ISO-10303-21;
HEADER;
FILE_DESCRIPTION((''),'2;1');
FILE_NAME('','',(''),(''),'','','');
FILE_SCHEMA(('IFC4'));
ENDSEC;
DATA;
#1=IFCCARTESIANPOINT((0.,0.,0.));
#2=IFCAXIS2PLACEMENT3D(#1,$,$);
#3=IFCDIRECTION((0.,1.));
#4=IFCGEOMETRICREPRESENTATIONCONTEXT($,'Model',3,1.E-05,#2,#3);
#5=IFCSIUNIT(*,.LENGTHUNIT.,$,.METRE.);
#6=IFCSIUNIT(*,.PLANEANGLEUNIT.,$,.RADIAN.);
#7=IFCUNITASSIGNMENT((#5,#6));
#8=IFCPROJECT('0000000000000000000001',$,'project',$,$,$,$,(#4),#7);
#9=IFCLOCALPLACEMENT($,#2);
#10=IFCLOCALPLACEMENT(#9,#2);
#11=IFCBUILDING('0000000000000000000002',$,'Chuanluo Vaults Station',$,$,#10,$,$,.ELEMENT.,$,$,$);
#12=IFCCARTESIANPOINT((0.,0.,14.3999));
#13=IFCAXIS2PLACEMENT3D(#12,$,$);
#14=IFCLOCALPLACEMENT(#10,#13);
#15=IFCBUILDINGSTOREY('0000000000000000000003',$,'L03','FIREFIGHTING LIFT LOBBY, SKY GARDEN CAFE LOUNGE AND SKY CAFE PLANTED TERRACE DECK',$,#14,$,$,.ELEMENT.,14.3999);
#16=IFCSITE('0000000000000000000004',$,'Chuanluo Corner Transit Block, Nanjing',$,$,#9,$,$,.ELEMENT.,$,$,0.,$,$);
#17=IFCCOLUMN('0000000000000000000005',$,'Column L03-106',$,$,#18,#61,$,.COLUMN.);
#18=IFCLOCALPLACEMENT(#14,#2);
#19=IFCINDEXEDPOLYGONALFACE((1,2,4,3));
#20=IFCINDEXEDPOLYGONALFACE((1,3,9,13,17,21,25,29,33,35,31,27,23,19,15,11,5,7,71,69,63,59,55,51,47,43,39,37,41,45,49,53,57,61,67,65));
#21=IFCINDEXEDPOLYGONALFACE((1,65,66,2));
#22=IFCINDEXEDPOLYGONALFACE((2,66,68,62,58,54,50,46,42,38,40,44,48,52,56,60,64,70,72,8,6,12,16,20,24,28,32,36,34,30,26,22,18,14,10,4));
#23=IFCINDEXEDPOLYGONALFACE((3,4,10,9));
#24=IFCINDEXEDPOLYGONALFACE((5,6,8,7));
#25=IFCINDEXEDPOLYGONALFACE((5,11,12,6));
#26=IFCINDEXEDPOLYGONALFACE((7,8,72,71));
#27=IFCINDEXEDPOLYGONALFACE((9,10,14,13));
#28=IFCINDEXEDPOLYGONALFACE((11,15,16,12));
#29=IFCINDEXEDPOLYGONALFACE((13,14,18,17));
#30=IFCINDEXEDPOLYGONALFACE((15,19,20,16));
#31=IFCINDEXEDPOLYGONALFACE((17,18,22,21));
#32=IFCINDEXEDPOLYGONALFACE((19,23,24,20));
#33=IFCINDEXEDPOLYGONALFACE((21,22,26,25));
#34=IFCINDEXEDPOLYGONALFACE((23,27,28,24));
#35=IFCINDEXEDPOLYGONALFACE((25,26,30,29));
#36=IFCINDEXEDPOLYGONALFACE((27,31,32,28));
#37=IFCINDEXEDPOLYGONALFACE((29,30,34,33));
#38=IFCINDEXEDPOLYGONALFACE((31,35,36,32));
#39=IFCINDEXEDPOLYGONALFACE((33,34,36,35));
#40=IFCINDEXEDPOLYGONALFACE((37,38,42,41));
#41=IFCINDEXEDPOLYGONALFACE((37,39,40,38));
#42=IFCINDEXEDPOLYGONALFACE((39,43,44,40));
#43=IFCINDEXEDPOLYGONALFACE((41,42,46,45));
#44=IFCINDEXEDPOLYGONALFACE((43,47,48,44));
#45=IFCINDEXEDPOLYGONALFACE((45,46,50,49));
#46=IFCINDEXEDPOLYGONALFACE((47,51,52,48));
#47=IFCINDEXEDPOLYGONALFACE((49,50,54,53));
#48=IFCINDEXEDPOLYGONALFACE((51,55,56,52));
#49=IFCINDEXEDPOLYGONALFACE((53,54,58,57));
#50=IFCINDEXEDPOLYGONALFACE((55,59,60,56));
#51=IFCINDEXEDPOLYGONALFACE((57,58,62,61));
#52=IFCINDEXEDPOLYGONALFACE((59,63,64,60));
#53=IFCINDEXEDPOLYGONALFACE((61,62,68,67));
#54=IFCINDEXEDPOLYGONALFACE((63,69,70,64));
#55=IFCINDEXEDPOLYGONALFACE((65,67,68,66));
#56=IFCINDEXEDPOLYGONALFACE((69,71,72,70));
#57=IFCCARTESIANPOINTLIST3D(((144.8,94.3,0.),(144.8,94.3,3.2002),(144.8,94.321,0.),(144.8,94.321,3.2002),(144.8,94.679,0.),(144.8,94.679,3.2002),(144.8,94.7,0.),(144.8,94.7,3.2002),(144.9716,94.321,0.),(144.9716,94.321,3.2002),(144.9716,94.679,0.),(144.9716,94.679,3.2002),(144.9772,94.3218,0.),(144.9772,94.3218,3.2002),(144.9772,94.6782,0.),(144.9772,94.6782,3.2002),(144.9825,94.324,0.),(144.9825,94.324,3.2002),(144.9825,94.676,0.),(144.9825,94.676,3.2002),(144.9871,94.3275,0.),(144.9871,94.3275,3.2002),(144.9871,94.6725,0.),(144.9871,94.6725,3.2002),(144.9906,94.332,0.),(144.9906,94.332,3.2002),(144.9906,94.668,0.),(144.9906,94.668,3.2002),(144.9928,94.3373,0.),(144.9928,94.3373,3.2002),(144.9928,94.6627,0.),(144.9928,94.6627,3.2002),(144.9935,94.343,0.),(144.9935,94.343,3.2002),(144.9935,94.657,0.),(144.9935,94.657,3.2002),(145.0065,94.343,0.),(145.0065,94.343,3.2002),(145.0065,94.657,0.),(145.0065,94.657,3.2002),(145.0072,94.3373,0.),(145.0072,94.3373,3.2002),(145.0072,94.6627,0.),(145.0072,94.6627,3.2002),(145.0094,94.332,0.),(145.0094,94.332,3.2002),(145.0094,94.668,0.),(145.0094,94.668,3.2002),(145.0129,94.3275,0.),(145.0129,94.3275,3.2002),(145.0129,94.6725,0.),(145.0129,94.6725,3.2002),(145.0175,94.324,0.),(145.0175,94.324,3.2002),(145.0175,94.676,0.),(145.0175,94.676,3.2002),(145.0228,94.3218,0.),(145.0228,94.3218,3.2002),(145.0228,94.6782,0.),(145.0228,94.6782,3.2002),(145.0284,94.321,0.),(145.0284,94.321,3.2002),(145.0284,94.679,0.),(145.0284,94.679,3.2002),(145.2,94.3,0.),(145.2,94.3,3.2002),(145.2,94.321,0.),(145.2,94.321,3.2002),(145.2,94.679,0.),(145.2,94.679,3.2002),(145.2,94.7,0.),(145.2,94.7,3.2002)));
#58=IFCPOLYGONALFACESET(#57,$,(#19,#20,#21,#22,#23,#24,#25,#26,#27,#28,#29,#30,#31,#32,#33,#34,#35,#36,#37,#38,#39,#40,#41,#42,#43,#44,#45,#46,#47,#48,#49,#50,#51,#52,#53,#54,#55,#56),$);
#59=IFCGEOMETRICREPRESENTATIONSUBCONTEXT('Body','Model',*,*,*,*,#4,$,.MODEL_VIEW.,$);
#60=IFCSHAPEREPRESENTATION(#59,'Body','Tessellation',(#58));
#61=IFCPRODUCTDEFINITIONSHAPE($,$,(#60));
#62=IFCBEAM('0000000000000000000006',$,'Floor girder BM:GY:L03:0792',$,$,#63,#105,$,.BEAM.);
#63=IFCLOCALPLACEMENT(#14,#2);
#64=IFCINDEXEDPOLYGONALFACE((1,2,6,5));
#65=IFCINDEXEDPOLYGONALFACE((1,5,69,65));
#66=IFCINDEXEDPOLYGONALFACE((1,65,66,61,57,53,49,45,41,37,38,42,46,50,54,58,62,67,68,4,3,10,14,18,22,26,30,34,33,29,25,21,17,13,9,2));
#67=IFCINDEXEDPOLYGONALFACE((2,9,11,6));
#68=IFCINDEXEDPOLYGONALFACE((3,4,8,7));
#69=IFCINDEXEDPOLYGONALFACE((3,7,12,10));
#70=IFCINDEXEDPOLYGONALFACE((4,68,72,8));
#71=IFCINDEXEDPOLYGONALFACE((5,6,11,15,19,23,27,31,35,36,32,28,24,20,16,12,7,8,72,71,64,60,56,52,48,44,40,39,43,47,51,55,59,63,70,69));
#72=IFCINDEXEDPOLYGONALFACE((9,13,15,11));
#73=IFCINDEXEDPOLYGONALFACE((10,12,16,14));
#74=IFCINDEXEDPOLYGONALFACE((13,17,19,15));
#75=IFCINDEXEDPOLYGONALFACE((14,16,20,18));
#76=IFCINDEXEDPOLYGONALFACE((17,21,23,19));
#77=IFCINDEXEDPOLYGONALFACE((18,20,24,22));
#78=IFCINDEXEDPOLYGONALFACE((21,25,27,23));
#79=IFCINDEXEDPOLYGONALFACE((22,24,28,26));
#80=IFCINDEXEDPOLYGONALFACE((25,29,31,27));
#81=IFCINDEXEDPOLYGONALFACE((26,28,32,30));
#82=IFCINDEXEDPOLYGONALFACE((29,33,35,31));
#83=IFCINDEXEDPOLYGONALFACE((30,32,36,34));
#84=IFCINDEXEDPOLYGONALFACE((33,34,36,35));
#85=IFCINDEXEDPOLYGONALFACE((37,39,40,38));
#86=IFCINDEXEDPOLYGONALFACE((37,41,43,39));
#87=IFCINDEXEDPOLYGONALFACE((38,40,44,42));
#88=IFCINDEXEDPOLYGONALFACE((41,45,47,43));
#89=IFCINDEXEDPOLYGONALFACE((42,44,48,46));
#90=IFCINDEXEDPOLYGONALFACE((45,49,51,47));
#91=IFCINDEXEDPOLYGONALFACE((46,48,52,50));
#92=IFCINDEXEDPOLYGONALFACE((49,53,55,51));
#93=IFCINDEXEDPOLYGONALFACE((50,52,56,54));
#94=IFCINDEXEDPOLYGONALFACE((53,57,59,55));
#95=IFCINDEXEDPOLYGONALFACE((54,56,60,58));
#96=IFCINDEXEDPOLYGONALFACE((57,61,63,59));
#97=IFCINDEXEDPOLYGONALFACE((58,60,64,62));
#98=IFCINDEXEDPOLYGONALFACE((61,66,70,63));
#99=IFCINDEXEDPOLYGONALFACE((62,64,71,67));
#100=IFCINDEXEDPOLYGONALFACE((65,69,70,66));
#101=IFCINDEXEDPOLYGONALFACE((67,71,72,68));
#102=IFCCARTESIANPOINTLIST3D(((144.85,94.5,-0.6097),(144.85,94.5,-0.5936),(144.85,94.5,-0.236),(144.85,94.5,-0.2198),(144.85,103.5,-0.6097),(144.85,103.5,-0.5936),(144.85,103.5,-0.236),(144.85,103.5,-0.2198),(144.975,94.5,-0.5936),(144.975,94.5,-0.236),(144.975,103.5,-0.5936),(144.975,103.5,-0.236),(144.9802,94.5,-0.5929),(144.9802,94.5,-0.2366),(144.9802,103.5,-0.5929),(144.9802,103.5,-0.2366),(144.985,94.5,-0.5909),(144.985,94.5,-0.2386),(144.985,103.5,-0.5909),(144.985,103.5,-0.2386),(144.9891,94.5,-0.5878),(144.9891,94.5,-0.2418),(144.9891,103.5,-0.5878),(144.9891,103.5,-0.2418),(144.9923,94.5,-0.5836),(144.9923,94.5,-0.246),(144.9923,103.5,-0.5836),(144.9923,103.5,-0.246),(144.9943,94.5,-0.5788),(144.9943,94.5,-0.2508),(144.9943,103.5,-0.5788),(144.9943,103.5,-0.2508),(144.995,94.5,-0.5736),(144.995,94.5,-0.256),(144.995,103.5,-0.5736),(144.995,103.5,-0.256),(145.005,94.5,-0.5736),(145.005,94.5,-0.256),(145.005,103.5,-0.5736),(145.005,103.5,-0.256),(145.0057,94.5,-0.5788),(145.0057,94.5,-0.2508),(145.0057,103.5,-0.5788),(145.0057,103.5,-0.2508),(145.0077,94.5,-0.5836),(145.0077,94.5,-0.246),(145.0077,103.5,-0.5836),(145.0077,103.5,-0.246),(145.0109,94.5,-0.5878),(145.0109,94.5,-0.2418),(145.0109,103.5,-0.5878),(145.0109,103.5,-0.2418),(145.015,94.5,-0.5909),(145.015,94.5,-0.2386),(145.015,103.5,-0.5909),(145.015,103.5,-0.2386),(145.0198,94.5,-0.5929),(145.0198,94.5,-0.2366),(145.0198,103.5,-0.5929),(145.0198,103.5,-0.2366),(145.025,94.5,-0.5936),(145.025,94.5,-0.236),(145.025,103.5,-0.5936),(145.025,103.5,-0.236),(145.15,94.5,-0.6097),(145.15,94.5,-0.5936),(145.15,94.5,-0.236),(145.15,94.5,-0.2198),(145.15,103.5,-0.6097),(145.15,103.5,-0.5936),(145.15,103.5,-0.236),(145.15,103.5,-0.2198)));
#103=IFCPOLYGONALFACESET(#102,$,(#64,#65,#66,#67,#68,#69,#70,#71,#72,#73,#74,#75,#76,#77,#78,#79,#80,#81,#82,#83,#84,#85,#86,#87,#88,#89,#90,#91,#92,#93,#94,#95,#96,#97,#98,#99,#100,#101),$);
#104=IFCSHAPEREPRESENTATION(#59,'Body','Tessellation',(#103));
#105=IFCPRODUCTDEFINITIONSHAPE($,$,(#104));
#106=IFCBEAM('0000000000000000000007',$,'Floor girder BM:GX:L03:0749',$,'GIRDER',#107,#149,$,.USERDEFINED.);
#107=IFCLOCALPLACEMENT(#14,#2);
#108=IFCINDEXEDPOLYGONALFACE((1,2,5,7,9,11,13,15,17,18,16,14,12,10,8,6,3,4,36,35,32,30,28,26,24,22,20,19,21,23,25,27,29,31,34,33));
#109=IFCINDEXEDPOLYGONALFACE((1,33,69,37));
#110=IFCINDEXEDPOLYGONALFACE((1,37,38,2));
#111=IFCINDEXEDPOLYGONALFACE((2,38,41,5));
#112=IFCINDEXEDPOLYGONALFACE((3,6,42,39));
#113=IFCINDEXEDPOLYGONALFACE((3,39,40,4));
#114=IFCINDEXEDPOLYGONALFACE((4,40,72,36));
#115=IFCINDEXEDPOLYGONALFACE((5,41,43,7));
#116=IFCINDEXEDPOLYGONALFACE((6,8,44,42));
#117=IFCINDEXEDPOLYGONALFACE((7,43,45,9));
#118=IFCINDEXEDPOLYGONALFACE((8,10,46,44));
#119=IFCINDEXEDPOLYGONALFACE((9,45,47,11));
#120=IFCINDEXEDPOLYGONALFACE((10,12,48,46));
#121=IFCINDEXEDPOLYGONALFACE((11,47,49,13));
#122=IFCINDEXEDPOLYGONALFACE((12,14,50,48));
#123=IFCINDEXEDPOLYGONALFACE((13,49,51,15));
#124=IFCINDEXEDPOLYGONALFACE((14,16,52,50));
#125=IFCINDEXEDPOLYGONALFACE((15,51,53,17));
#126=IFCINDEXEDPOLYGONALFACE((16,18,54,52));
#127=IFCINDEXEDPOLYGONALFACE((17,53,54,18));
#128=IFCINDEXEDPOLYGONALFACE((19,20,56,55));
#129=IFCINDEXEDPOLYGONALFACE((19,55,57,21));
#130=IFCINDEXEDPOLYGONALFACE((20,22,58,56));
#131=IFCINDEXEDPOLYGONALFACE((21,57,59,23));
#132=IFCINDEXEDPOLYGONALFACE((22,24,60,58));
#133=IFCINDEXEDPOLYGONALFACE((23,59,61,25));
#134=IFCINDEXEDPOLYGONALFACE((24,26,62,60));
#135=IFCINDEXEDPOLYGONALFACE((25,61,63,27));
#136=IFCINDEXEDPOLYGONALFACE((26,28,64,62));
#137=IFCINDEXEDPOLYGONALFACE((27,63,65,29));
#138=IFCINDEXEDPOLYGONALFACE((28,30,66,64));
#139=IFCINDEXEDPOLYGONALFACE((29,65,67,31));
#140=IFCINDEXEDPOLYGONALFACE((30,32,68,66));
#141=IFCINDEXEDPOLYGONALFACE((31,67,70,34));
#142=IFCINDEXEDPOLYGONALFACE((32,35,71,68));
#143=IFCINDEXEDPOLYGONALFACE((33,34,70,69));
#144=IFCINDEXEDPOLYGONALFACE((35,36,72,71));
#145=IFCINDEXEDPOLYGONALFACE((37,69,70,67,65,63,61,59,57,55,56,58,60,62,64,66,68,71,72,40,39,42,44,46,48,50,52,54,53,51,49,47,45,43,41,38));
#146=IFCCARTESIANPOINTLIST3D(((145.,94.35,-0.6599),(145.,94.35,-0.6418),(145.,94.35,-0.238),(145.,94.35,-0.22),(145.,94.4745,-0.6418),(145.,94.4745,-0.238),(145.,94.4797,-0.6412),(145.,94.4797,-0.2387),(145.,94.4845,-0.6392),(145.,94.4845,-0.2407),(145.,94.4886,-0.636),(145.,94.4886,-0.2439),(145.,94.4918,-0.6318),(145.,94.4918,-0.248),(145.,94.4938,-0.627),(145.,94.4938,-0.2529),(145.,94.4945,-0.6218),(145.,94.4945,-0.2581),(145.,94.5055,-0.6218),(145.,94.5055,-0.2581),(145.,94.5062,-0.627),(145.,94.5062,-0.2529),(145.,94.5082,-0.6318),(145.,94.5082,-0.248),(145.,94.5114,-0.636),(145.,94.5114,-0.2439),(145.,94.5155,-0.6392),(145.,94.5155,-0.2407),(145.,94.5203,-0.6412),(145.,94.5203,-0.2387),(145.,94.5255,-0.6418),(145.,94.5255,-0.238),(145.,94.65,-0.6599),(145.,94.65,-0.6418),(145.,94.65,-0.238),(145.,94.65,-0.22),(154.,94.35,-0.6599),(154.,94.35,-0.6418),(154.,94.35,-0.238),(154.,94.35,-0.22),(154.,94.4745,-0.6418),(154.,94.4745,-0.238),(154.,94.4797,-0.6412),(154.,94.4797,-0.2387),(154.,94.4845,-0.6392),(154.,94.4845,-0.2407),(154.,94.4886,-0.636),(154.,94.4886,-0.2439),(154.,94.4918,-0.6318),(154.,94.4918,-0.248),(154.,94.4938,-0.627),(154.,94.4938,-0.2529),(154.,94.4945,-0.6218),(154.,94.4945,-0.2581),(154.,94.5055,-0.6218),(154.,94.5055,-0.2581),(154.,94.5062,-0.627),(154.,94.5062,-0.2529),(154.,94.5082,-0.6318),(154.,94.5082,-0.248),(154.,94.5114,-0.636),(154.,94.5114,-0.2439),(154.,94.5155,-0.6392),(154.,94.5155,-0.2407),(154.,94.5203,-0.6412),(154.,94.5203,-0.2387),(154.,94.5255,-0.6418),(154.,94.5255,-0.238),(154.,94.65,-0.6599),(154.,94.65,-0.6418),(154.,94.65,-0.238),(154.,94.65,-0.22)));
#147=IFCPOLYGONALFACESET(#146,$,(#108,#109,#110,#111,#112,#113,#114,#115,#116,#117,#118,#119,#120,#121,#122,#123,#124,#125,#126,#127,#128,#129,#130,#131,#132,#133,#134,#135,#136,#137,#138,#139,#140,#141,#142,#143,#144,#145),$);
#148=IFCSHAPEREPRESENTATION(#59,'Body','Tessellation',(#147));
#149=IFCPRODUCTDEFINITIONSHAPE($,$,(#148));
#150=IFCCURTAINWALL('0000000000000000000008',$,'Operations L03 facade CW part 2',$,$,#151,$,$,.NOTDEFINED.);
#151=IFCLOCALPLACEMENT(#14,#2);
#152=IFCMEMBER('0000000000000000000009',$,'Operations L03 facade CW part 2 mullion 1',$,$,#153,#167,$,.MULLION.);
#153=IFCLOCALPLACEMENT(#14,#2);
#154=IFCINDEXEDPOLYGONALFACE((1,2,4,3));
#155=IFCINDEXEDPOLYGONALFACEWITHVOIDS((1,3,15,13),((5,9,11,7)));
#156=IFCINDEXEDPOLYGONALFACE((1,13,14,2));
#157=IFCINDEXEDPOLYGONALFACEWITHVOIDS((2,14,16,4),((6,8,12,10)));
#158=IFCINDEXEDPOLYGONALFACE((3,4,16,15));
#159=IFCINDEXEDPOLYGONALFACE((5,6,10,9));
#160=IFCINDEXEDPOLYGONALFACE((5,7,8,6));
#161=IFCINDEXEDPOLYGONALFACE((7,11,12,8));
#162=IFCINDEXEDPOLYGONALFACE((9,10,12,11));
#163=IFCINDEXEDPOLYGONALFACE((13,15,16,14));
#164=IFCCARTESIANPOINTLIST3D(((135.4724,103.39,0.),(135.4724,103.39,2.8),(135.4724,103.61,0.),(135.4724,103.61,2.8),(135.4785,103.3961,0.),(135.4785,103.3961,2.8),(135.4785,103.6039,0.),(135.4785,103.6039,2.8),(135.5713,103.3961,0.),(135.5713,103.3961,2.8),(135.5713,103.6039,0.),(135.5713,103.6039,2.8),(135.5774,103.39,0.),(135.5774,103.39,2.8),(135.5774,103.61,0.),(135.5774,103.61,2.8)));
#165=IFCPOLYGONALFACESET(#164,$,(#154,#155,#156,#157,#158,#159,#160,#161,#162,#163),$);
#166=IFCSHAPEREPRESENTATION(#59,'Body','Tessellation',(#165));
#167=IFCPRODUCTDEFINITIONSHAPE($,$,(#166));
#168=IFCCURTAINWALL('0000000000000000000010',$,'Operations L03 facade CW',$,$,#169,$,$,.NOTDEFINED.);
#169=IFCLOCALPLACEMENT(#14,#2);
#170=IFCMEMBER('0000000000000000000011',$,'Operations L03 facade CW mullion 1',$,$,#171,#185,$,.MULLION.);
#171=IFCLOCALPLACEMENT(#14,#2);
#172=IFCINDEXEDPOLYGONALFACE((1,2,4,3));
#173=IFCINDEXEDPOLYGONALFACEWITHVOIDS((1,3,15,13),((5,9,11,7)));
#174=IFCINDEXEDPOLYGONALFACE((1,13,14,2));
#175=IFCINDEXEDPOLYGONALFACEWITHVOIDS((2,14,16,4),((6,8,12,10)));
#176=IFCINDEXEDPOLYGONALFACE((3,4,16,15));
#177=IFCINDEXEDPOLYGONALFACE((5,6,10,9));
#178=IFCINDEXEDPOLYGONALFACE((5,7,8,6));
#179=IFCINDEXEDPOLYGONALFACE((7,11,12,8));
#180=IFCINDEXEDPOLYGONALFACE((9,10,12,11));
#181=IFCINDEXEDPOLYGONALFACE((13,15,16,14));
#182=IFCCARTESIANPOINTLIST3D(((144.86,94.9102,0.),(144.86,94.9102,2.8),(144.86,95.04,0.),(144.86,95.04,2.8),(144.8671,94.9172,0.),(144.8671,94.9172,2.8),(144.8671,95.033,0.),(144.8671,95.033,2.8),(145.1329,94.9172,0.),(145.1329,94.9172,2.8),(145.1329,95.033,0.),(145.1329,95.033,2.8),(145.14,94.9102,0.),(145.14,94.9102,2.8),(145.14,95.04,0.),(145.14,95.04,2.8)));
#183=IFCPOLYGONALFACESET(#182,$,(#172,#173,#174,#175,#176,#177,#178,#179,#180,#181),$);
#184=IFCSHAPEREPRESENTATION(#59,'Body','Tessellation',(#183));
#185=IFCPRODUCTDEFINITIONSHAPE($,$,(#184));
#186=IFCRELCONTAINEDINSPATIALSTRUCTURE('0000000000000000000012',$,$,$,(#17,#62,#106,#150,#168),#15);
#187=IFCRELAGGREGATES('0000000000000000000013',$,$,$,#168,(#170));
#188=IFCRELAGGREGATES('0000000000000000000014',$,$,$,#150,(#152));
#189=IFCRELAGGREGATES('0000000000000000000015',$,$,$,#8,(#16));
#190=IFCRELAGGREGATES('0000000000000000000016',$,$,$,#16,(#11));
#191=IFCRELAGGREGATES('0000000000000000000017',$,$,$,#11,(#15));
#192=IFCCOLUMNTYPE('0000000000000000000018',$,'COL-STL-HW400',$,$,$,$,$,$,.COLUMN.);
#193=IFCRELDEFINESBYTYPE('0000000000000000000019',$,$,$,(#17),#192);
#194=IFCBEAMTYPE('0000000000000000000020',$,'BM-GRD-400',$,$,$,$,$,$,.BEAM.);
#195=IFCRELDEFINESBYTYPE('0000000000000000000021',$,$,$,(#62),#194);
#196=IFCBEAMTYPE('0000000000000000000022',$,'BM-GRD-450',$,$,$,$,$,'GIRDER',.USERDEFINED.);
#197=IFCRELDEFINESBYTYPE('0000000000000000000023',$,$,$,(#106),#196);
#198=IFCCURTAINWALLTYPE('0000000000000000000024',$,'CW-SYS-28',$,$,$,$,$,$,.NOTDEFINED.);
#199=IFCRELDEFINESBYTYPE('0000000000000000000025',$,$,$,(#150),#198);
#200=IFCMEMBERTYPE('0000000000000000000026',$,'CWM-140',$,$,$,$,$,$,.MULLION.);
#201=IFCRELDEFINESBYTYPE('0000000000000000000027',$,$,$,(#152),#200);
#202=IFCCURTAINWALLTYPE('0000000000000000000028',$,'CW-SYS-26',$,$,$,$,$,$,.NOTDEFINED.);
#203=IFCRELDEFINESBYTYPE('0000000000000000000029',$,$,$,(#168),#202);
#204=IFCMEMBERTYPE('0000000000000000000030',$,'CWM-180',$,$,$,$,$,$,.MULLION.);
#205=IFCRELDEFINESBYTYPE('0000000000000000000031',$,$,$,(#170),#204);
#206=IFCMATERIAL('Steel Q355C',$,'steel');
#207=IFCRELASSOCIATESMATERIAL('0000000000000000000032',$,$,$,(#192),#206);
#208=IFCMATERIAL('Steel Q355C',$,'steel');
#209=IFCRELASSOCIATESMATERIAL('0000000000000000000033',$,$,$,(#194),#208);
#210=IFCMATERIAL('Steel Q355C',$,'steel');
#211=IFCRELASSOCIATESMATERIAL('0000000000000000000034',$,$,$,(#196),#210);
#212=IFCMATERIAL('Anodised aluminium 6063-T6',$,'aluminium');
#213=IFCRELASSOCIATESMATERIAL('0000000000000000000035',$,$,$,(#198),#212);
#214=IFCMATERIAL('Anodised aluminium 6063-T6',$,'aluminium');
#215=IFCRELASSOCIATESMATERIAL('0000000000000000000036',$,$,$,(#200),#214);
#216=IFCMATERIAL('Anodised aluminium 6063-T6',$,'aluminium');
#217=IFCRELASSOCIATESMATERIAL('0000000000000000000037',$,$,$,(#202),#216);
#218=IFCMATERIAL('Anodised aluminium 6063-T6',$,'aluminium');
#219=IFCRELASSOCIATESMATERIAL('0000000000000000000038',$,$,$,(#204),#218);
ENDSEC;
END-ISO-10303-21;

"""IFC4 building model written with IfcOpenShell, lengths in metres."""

from ifc_helpers import new_model, si_unit, direction, frame, origin, origin_2d, place, context, subcontext, project, spatial, hollow_rectangle, i_section, extrude, material, material_profile, profile_set, type_object, element, aggregate, save


model = new_model("IFC4")

# Units and contexts
model_context = context("Model", 3, precision=1e-05, world=origin(), true_north=direction((0.0, 1.0)))
body_context = subcontext(model_context, "Body", "Model", "MODEL_VIEW")
ifc_project = project(units=[si_unit("LENGTHUNIT", "METRE"), si_unit("PLANEANGLEUNIT", "RADIAN")], contexts=[model_context])

# Site, building, storey
site_placement = place(None, origin())
site = spatial("IfcSite", under=ifc_project, at=site_placement, Name="Chuanluo Corner Transit Block, Nanjing", CompositionType="ELEMENT", RefElevation=0.0)
building_placement = place(site_placement, origin())
building = spatial("IfcBuilding", under=site, at=building_placement, Name="Chuanluo Vaults Station", CompositionType="ELEMENT")
storey_placement = place(building_placement, frame((0.0, 0.0, 14.3999)))
storey = spatial("IfcBuildingStorey", under=building, at=storey_placement, Name="L03", Description="FIREFIGHTING LIFT LOBBY, SKY GARDEN CAFE LOUNGE AND SKY CAFE PLANTED TERRACE DECK", CompositionType="ELEMENT", Elevation=14.3999)

# Column
ifc_material_1 = material(Name="Steel Q355C", Category="steel")
ifc_material_profile_1 = material_profile(ifc_material_1, i_section(OverallWidth=0.3999, OverallDepth=0.3999, WebThickness=0.0129, FlangeThickness=0.021, FilletRadius=0.022, at=origin_2d()))
ifc_profile_set_1 = profile_set([ifc_material_profile_1], Name="Steel Q355C")
column_type = type_object("IfcColumnType", Name="COL-STL-HW400", PredefinedType="COLUMN", material=ifc_profile_set_1)
column_placement = place(storey_placement, frame((145.0, 94.5, 0.0), z_axis=(0.0, 0.0, 1.0), x_axis=(1.0, 0.0, 0.0)))
element("IfcColumn", 1, at=column_placement, inside=storey, type_object=column_type, Name="Column L03-106", PredefinedType="COLUMN", context=body_context, shape_type="SweptSolid", body=[
    extrude(i_section(OverallWidth=0.3999, OverallDepth=0.3999, WebThickness=0.0129, FlangeThickness=0.021, FilletRadius=0.022, at=origin_2d()), origin(), (0.0, 0.0, 1.0), 3.2002),
])

# Beams
ifc_material_2 = material(Name="Steel Q355C", Category="steel")
ifc_material_profile_2 = material_profile(ifc_material_2, i_section(OverallWidth=0.3, OverallDepth=0.3899, WebThickness=0.01, FlangeThickness=0.0161, FilletRadius=0.02, at=origin_2d()))
ifc_profile_set_2 = profile_set([ifc_material_profile_2], Name="Steel Q355C")
beam_type_1 = type_object("IfcBeamType", Name="BM-GRD-400", PredefinedType="BEAM", material=ifc_profile_set_2)
beam_1_placement = place(storey_placement, frame((145.0, 94.5, -0.4148), z_axis=(0.0, 1.0, 0.0), x_axis=(-1.0, 0.0, 0.0)))
element("IfcBeam", 2, at=beam_1_placement, inside=storey, type_object=beam_type_1, Name="Floor girder BM:GY:L03:0792", PredefinedType="BEAM", context=body_context, shape_type="SweptSolid", body=[
    extrude(i_section(OverallWidth=0.3, OverallDepth=0.3899, WebThickness=0.01, FlangeThickness=0.0161, FilletRadius=0.02, at=origin_2d()), origin(), (0.0, 0.0, 1.0), 9.0),
])
ifc_material_3 = material(Name="Steel Q355C", Category="steel")
ifc_material_profile_3 = material_profile(ifc_material_3, i_section(OverallWidth=0.3, OverallDepth=0.4399, WebThickness=0.011, FlangeThickness=0.0181, FilletRadius=0.02, at=origin_2d()))
ifc_profile_set_3 = profile_set([ifc_material_profile_3], Name="Steel Q355C")
beam_type_2 = type_object("IfcBeamType", Name="BM-GRD-450", ElementType="GIRDER", PredefinedType="USERDEFINED", material=ifc_profile_set_3)
beam_2_placement = place(storey_placement, frame((145.0, 94.5, -0.4399), z_axis=(1.0, 0.0, 0.0), x_axis=(0.0, 1.0, 0.0)))
element("IfcBeam", 3, at=beam_2_placement, inside=storey, type_object=beam_type_2, Name="Floor girder BM:GX:L03:0749", ObjectType="GIRDER", PredefinedType="USERDEFINED", context=body_context, shape_type="SweptSolid", body=[
    extrude(i_section(OverallWidth=0.3, OverallDepth=0.4399, WebThickness=0.011, FlangeThickness=0.0181, FilletRadius=0.02, at=origin_2d()), origin(), (0.0, 0.0, 1.0), 9.0),
])

# Curtain walls, members
ifc_material_4 = material(Name="Anodised aluminium 6063-T6", Category="aluminium")
curtain_wall_type_1 = type_object("IfcCurtainWallType", Name="CW-SYS-28", PredefinedType="NOTDEFINED", material=ifc_material_4)
curtain_wall_1_placement = place(storey_placement, origin())
curtain_wall_1 = element("IfcCurtainWall", 4, at=curtain_wall_1_placement, inside=storey, type_object=curtain_wall_type_1, Name="Operations L03 facade CW part 2", PredefinedType="NOTDEFINED")
ifc_material_5 = material(Name="Anodised aluminium 6063-T6", Category="aluminium")
ifc_material_profile_4 = material_profile(ifc_material_5, hollow_rectangle(XDim=0.105, YDim=0.22, WallThickness=0.0061, at=origin_2d()))
ifc_profile_set_4 = profile_set([ifc_material_profile_4], Name="Anodised aluminium 6063-T6")
member_type_1 = type_object("IfcMemberType", Name="CWM-140", PredefinedType="MULLION", material=ifc_profile_set_4)
member_1_placement = place(storey_placement, frame((135.5249, 103.5, 0.0), z_axis=(0.0, 0.0, 1.0), x_axis=(-1.0, 0.0, 0.0)))
member_1 = element("IfcMember", 5, at=member_1_placement, type_object=member_type_1, Name="Operations L03 facade CW part 2 mullion 1", PredefinedType="MULLION", context=body_context, shape_type="SweptSolid", body=[
    extrude(hollow_rectangle(XDim=0.105, YDim=0.22, WallThickness=0.0061, at=origin_2d()), origin(), (0.0, 0.0, 1.0), 2.8),
])
ifc_material_6 = material(Name="Anodised aluminium 6063-T6", Category="aluminium")
curtain_wall_type_2 = type_object("IfcCurtainWallType", Name="CW-SYS-26", PredefinedType="NOTDEFINED", material=ifc_material_6)
curtain_wall_2_placement = place(storey_placement, origin())
curtain_wall_2 = element("IfcCurtainWall", 6, at=curtain_wall_2_placement, inside=storey, type_object=curtain_wall_type_2, Name="Operations L03 facade CW", PredefinedType="NOTDEFINED")
ifc_material_7 = material(Name="Anodised aluminium 6063-T6", Category="aluminium")
ifc_material_profile_5 = material_profile(ifc_material_7, hollow_rectangle(XDim=0.1299, YDim=0.28, WallThickness=0.0071, at=origin_2d()))
ifc_profile_set_5 = profile_set([ifc_material_profile_5], Name="Anodised aluminium 6063-T6")
member_type_2 = type_object("IfcMemberType", Name="CWM-180", PredefinedType="MULLION", material=ifc_profile_set_5)
member_2_placement = place(storey_placement, frame((145.0, 94.9751, 0.0), z_axis=(0.0, 0.0, 1.0), x_axis=(0.0, 1.0, 0.0)))
member_2 = element("IfcMember", 7, at=member_2_placement, type_object=member_type_2, Name="Operations L03 facade CW mullion 1", PredefinedType="MULLION", context=body_context, shape_type="SweptSolid", body=[
    extrude(hollow_rectangle(XDim=0.1299, YDim=0.28, WallThickness=0.0071, at=origin_2d()), origin(), (0.0, 0.0, 1.0), 2.8),
])

aggregate(curtain_wall_2, [member_2])

aggregate(curtain_wall_1, [member_1])

save(model, "model.ifc")
